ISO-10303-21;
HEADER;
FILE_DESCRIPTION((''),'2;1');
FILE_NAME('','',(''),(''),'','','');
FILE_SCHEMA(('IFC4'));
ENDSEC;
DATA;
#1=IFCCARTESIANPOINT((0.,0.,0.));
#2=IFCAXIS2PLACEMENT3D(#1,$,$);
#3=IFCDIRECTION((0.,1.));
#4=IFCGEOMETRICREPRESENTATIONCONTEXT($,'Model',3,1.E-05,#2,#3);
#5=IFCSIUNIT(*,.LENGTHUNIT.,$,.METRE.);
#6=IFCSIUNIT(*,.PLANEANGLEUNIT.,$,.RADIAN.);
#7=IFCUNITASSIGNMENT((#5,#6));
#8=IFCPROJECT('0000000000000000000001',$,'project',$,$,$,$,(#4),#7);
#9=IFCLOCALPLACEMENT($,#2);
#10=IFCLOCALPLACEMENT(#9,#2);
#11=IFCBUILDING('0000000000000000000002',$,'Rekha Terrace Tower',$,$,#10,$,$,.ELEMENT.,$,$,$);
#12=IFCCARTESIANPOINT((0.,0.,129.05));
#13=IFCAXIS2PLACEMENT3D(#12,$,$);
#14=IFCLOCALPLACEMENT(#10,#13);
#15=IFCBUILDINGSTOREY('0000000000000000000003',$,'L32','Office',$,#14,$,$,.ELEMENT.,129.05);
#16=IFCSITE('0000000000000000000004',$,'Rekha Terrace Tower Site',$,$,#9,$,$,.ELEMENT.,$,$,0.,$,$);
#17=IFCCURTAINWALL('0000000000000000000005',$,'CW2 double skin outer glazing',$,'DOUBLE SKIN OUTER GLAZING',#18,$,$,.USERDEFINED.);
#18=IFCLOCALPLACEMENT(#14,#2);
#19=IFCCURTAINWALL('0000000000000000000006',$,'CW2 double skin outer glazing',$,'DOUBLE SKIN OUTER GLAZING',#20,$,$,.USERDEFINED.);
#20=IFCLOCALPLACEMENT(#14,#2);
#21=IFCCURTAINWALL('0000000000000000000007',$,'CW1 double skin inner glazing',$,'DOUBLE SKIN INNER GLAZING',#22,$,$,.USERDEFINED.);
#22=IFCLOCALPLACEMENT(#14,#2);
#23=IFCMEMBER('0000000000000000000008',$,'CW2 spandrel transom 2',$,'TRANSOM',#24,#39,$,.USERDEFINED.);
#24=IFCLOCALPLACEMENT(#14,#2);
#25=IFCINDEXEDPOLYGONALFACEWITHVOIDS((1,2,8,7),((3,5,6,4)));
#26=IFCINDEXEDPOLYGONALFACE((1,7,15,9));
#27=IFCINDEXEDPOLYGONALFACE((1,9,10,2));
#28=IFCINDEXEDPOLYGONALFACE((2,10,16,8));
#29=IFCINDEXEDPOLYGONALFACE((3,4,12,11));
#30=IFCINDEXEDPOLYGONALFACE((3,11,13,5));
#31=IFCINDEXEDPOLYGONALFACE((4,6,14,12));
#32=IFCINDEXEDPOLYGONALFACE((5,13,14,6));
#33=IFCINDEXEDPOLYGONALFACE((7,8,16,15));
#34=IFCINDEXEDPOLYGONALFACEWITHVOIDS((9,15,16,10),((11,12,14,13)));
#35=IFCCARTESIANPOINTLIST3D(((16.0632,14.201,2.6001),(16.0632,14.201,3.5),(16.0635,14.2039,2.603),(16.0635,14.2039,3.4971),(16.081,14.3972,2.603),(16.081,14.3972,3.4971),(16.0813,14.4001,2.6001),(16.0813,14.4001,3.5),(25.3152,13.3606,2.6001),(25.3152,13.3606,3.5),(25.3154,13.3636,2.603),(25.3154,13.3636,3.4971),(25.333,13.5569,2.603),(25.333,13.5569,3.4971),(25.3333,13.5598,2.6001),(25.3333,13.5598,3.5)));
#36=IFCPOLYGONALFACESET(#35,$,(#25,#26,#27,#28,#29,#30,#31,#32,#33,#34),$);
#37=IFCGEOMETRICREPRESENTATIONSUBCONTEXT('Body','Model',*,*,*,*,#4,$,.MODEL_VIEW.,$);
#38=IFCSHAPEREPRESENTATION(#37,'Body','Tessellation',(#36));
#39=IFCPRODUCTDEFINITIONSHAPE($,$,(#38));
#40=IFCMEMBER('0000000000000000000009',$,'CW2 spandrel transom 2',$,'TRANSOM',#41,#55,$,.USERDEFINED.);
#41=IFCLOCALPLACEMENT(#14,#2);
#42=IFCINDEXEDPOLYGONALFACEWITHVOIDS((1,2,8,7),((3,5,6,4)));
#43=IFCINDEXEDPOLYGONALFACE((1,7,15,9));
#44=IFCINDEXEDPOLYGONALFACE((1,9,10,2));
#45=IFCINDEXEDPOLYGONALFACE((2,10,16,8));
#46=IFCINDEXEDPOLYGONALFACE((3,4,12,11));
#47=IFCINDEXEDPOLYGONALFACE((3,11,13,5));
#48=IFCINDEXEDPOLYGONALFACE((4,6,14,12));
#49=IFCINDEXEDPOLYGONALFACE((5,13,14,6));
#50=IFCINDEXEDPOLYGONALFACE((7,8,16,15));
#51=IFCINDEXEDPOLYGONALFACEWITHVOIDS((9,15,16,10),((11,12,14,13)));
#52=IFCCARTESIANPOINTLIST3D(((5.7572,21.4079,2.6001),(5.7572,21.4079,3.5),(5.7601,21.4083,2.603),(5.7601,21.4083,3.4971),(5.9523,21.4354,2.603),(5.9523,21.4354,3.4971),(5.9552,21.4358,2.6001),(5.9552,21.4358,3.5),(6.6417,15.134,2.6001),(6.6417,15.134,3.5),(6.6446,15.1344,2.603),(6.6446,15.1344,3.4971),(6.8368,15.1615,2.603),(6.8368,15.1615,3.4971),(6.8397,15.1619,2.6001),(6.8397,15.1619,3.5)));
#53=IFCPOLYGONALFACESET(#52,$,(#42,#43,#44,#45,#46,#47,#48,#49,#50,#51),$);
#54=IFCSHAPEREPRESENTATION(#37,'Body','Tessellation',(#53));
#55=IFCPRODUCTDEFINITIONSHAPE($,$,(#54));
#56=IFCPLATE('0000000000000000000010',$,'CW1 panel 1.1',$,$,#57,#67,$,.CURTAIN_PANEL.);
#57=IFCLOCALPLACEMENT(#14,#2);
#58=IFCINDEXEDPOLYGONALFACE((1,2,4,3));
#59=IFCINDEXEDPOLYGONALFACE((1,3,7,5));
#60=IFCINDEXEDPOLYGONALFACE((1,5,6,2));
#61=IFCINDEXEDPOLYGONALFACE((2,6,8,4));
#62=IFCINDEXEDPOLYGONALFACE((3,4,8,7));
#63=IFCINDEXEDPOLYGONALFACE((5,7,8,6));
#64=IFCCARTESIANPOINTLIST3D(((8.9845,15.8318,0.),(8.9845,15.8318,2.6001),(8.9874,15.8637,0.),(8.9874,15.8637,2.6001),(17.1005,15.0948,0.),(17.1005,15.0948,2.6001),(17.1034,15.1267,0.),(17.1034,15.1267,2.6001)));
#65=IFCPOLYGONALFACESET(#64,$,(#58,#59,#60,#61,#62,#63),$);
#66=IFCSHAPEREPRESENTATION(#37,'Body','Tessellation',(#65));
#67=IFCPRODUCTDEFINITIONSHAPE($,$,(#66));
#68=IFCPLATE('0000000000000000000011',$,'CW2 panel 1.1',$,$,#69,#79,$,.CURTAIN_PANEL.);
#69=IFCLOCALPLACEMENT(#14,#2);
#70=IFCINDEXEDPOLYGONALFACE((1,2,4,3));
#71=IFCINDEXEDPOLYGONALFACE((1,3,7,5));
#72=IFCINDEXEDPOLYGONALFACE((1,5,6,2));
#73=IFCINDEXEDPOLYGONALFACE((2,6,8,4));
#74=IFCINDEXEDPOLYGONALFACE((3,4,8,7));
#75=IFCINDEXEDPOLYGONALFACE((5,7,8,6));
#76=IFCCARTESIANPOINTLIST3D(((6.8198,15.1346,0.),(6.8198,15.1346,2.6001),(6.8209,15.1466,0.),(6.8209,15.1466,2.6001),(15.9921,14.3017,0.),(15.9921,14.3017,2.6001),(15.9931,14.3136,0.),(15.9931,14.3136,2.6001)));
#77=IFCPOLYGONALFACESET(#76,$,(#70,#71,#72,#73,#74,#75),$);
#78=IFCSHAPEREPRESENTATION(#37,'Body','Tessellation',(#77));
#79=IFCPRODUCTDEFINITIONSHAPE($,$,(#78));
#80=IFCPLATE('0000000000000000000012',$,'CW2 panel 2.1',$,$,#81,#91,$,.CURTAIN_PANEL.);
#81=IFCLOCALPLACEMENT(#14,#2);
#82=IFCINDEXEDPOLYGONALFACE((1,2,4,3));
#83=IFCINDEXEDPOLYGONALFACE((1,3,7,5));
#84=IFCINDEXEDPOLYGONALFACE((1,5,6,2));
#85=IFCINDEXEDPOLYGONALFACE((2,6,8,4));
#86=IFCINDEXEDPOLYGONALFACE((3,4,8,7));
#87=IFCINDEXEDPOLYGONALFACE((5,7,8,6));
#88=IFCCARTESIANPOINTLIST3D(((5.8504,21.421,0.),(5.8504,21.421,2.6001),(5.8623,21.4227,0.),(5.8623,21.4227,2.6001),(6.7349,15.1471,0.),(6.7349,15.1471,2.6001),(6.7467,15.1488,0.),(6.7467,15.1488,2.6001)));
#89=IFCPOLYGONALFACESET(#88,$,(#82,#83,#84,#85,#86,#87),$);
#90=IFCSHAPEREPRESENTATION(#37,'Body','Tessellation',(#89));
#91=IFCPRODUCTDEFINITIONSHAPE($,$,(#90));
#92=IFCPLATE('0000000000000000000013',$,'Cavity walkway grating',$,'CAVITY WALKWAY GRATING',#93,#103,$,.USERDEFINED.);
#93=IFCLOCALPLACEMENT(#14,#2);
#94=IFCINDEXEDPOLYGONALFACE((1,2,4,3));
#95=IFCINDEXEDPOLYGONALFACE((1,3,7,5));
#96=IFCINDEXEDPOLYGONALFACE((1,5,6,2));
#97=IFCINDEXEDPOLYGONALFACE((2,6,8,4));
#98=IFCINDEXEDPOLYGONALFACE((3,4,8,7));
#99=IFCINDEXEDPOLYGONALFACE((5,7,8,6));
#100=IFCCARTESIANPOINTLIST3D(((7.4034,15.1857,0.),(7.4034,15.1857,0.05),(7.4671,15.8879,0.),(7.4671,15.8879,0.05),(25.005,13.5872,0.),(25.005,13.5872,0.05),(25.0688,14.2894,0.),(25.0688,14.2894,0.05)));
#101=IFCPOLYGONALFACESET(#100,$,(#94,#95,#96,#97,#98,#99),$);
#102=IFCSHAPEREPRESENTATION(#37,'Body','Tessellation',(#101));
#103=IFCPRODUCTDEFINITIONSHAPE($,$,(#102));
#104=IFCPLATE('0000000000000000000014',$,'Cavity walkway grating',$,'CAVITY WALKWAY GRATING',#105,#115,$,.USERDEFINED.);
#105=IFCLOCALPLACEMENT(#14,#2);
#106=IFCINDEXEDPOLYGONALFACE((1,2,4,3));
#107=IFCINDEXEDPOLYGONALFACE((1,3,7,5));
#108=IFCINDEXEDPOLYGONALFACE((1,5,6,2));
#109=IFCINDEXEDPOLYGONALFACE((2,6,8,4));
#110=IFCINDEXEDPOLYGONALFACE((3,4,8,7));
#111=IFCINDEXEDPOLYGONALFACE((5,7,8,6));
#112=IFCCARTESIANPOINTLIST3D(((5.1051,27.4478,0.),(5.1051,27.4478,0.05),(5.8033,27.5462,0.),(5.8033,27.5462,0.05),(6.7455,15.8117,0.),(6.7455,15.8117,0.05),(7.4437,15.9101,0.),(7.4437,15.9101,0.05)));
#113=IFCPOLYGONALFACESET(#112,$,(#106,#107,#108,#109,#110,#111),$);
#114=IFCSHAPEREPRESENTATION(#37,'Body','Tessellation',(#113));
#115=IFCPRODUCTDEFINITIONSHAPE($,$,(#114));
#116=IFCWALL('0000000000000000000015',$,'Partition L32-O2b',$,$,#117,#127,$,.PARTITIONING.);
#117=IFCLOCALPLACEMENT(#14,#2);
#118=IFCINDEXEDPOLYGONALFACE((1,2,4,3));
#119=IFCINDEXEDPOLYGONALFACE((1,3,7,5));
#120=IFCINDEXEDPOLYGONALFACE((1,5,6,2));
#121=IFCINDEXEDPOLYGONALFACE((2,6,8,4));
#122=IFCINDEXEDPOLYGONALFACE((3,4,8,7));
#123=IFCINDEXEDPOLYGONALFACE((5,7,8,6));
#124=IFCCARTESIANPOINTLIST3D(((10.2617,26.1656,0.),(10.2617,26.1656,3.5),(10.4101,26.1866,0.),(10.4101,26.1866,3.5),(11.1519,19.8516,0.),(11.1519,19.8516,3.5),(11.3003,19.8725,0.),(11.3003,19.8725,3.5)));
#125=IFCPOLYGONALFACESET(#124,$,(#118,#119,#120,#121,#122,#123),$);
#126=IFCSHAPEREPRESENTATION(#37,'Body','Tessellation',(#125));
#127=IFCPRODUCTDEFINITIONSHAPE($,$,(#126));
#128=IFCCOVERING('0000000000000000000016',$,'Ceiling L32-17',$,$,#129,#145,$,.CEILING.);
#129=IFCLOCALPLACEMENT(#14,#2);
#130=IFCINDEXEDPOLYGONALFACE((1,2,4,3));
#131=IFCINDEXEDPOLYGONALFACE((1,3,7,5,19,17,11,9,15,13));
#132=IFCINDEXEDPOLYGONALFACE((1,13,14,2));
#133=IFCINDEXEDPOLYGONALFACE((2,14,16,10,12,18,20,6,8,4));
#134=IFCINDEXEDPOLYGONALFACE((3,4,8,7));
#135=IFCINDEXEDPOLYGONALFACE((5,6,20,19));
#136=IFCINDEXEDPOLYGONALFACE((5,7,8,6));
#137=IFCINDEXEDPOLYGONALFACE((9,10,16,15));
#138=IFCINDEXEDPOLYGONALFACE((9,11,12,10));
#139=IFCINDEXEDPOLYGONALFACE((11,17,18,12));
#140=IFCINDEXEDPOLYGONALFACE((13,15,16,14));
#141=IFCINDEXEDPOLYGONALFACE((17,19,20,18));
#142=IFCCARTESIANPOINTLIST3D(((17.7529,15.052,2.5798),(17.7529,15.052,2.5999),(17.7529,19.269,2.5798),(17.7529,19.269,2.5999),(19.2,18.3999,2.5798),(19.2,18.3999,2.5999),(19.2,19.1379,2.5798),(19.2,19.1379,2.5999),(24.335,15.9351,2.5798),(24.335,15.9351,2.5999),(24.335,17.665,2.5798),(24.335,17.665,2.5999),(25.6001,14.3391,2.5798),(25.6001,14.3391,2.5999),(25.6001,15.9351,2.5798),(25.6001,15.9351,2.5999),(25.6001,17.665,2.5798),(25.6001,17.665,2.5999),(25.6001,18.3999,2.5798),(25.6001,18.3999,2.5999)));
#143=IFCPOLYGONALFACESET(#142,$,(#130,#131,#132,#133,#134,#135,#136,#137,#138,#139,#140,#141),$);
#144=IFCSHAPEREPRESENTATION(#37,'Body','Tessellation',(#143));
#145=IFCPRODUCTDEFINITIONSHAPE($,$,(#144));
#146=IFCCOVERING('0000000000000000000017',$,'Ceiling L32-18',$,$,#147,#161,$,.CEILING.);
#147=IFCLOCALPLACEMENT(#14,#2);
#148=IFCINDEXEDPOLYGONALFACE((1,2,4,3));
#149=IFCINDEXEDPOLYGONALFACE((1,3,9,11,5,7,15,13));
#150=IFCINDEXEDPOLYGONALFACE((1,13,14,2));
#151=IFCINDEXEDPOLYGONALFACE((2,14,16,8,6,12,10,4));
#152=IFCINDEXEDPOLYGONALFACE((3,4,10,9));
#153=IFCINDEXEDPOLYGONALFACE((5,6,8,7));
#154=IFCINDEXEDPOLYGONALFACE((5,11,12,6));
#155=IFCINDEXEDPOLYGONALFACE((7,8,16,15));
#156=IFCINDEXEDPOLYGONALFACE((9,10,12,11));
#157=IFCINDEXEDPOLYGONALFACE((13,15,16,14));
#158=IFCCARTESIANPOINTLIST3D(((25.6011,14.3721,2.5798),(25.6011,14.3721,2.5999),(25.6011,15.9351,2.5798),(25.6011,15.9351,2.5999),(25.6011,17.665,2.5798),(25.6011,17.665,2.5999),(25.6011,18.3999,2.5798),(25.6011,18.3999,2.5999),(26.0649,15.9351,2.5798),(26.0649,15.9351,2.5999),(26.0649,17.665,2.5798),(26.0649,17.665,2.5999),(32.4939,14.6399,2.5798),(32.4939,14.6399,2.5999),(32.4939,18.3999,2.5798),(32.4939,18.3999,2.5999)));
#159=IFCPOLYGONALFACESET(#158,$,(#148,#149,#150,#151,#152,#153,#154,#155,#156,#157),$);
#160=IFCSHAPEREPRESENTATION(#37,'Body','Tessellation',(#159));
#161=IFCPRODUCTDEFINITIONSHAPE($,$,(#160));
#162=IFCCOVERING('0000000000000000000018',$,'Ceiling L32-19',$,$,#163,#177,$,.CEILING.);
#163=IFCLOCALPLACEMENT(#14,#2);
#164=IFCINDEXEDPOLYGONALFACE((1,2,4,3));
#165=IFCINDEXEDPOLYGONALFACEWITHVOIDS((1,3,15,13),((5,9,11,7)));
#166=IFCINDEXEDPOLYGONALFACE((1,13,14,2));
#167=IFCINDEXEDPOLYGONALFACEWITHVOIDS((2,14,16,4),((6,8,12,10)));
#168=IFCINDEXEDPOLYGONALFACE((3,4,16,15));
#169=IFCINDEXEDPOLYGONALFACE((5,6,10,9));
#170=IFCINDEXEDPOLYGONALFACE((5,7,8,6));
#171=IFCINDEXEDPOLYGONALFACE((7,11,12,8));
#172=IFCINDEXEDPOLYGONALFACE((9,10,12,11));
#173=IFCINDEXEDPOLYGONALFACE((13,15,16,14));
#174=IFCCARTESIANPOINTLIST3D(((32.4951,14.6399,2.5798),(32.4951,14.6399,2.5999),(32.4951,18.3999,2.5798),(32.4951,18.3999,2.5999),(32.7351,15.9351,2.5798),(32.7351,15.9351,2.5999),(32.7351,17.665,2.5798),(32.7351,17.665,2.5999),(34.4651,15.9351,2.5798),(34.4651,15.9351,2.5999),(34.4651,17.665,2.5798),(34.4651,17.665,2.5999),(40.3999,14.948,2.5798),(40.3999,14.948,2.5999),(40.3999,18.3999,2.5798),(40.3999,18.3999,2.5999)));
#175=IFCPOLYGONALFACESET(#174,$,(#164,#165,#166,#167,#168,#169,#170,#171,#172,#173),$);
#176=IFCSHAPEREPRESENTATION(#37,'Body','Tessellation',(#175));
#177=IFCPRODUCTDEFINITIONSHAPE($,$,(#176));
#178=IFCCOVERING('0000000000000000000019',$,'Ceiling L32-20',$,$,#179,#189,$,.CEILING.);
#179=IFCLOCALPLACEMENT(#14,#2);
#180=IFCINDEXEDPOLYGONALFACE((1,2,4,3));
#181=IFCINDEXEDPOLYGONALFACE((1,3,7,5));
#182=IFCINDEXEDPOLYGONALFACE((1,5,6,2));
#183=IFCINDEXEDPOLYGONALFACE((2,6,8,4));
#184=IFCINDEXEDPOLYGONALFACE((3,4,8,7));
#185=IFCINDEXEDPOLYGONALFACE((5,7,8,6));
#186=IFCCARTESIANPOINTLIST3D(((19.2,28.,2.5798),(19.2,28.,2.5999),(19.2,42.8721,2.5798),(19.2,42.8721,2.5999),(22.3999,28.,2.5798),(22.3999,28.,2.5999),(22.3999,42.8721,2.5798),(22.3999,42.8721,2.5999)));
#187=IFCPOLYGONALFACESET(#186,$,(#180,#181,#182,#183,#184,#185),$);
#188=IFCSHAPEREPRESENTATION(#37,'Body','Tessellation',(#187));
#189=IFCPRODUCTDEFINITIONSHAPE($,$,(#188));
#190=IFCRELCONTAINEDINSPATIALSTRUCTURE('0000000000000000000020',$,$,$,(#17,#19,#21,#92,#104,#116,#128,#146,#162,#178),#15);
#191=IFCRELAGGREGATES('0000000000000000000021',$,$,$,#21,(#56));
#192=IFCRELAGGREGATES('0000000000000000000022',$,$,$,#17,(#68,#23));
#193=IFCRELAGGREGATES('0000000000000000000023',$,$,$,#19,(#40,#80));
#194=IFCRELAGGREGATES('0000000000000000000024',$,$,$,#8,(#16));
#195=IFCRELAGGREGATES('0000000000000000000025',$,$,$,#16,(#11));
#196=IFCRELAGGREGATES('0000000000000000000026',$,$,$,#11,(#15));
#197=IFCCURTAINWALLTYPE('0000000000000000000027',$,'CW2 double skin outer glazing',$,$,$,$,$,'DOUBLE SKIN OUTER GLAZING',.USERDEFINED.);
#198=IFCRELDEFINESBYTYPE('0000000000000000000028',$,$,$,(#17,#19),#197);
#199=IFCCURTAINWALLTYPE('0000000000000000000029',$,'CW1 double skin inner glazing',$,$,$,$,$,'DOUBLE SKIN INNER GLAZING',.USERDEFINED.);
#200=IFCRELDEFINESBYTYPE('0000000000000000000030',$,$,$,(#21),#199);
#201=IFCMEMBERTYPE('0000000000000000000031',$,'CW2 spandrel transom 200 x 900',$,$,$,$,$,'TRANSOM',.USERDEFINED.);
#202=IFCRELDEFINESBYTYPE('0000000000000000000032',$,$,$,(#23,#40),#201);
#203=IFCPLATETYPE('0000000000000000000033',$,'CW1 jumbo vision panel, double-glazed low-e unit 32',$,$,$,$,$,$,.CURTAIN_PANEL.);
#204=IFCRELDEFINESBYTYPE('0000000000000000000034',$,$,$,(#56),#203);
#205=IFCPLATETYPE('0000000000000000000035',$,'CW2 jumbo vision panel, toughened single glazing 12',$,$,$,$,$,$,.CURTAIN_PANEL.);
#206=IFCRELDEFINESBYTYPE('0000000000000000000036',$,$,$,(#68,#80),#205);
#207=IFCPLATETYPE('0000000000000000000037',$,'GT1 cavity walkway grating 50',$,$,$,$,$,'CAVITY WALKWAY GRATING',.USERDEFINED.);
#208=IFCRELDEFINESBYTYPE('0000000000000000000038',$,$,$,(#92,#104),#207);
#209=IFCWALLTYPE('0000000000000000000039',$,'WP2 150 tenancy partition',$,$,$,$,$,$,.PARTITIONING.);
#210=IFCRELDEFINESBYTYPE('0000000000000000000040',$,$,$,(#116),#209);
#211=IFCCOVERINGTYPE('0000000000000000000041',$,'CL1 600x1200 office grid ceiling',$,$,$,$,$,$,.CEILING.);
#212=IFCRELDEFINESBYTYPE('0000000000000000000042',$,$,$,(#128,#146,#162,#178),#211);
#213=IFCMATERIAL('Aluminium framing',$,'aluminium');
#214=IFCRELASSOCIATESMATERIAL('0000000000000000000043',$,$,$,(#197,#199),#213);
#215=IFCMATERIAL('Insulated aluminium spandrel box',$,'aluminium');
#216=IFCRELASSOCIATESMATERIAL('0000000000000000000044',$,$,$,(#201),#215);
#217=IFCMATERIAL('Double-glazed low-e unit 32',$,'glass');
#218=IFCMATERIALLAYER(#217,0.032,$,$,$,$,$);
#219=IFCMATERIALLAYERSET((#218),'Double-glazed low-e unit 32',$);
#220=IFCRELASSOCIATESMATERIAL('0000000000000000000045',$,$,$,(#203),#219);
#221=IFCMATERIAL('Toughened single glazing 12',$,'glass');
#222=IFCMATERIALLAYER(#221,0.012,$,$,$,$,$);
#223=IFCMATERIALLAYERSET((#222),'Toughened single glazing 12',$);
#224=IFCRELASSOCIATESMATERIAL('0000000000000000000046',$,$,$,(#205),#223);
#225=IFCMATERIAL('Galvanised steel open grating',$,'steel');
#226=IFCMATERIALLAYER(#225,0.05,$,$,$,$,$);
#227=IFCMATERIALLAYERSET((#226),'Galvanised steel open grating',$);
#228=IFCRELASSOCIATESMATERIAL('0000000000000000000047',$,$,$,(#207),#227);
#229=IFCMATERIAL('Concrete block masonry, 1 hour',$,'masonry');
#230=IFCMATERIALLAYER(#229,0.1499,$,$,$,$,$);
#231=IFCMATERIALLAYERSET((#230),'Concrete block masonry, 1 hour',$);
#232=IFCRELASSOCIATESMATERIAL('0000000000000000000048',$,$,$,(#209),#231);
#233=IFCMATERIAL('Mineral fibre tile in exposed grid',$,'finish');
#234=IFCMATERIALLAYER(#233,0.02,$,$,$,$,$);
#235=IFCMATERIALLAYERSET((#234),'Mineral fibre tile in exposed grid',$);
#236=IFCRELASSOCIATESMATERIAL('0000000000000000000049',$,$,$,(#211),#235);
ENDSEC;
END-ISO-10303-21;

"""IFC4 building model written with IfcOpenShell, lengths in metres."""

from ifc_helpers import new_model, si_unit, direction, frame, frame_2d, origin, origin_2d, place, context, subcontext, project, spatial, polyline, rectangle, hollow_rectangle, outline, extrude, material, layer, layer_set, material_profile, profile_set, type_object, element, aggregate, save


model = new_model("IFC4")

# Units and contexts
model_context = context("Model", 3, precision=1e-05, world=origin(), true_north=direction((0.0, 1.0)))
body_context = subcontext(model_context, "Body", "Model", "MODEL_VIEW")
ifc_project = project(units=[si_unit("LENGTHUNIT", "METRE"), si_unit("PLANEANGLEUNIT", "RADIAN")], contexts=[model_context])

# Site, building, storey
site_placement = place(None, origin())
site = spatial("IfcSite", under=ifc_project, at=site_placement, Name="Rekha Terrace Tower Site", CompositionType="ELEMENT", RefElevation=0.0)
building_placement = place(site_placement, origin())
building = spatial("IfcBuilding", under=site, at=building_placement, Name="Rekha Terrace Tower", CompositionType="ELEMENT")
storey_placement = place(building_placement, frame((0.0, 0.0, 129.05)))
storey = spatial("IfcBuildingStorey", under=building, at=storey_placement, Name="L32", Description="Office", CompositionType="ELEMENT", Elevation=129.05)

# Curtain walls
ifc_material_1 = material(Name="Aluminium framing", Category="aluminium")
curtain_wall_type_1 = type_object("IfcCurtainWallType", Name="CW2 double skin outer glazing", ElementType="DOUBLE SKIN OUTER GLAZING", PredefinedType="USERDEFINED", material=ifc_material_1)
curtain_wall_1_placement = place(storey_placement, origin())
curtain_wall_1 = element("IfcCurtainWall", 1, at=curtain_wall_1_placement, inside=storey, type_object=curtain_wall_type_1, Name="CW2 double skin outer glazing", ObjectType="DOUBLE SKIN OUTER GLAZING", PredefinedType="USERDEFINED")
curtain_wall_2_placement = place(storey_placement, origin())
curtain_wall_2 = element("IfcCurtainWall", 2, at=curtain_wall_2_placement, inside=storey, type_object=curtain_wall_type_1, Name="CW2 double skin outer glazing", ObjectType="DOUBLE SKIN OUTER GLAZING", PredefinedType="USERDEFINED")
curtain_wall_type_2 = type_object("IfcCurtainWallType", Name="CW1 double skin inner glazing", ElementType="DOUBLE SKIN INNER GLAZING", PredefinedType="USERDEFINED", material=ifc_material_1)
curtain_wall_3_placement = place(storey_placement, origin())
curtain_wall_3 = element("IfcCurtainWall", 3, at=curtain_wall_3_placement, inside=storey, type_object=curtain_wall_type_2, Name="CW1 double skin inner glazing", ObjectType="DOUBLE SKIN INNER GLAZING", PredefinedType="USERDEFINED")

# Members
ifc_material_2 = material(Name="Insulated aluminium spandrel box", Category="aluminium")
ifc_material_profile_1 = material_profile(ifc_material_2, hollow_rectangle(XDim=0.2, YDim=0.8999, WallThickness=0.0029, at=origin_2d()), Name="AL SPANDREL BOX 200x900")
ifc_profile_set_1 = profile_set([ifc_material_profile_1], Name="Insulated aluminium spandrel box")
member_type_1 = type_object("IfcMemberType", Name="CW2 spandrel transom 200 x 900", ElementType="TRANSOM", PredefinedType="USERDEFINED", material=ifc_profile_set_1)
member_1_placement = place(storey_placement, frame((16.0723, 14.3005, 3.05), z_axis=(0.995901, -0.090455, 0.0), x_axis=(0.090455, 0.995901, 0.0)))
member_1 = element("IfcMember", 4, at=member_1_placement, type_object=member_type_1, Name="CW2 spandrel transom 2", ObjectType="TRANSOM", PredefinedType="USERDEFINED", context=body_context, shape_type="SweptSolid", body=[
    extrude(hollow_rectangle(XDim=0.2, YDim=0.8999, WallThickness=0.0029, at=origin_2d()), origin(), (0.0, 0.0, 1.0), 9.29),
])
member_2_placement = place(storey_placement, frame((5.8562, 21.4219, 3.05), z_axis=(0.139603, -0.990208, 0.0), x_axis=(0.990208, 0.139603, 0.0)))
member_2 = element("IfcMember", 5, at=member_2_placement, type_object=member_type_1, Name="CW2 spandrel transom 2", ObjectType="TRANSOM", PredefinedType="USERDEFINED", context=body_context, shape_type="SweptSolid", body=[
    extrude(hollow_rectangle(XDim=0.2, YDim=0.8999, WallThickness=0.0029, at=origin_2d()), origin(), (0.0, 0.0, 1.0), 6.3359),
])

# Plates
ifc_material_3 = material(Name="Double-glazed low-e unit 32", Category="glass")
ifc_layer_1 = layer(ifc_material_3, 0.032)
ifc_layer_set_1 = layer_set([ifc_layer_1], Name="Double-glazed low-e unit 32")
plate_type_1 = type_object("IfcPlateType", Name="CW1 jumbo vision panel, double-glazed low-e unit 32", PredefinedType="CURTAIN_PANEL", material=ifc_layer_set_1)
plate_1_placement = place(storey_placement, frame((13.0439, 15.4792, 0.0), z_axis=(0.0, 0.0, 1.0), x_axis=(0.995902, -0.09044, 0.0)))
plate_1 = element("IfcPlate", 6, at=plate_1_placement, type_object=plate_type_1, Name="CW1 panel 1.1", PredefinedType="CURTAIN_PANEL", context=body_context, shape_type="SweptSolid", body=[
    extrude(rectangle(XDim=8.1494, YDim=0.032, at=origin_2d()), origin(), (0.0, 0.0, 1.0), 2.6001),
])
aggregate(curtain_wall_3, [plate_1])
ifc_material_4 = material(Name="Toughened single glazing 12", Category="glass")
ifc_layer_2 = layer(ifc_material_4, 0.012)
ifc_layer_set_2 = layer_set([ifc_layer_2], Name="Toughened single glazing 12")
plate_type_2 = type_object("IfcPlateType", Name="CW2 jumbo vision panel, toughened single glazing 12", PredefinedType="CURTAIN_PANEL", material=ifc_layer_set_2)
plate_2_placement = place(storey_placement, frame((11.4065, 14.7241, 0.0), z_axis=(0.0, 0.0, 1.0), x_axis=(0.995902, -0.09044, 0.0)))
plate_2 = element("IfcPlate", 7, at=plate_2_placement, type_object=plate_type_2, Name="CW2 panel 1.1", PredefinedType="CURTAIN_PANEL", context=body_context, shape_type="SweptSolid", body=[
    extrude(rectangle(XDim=9.21, YDim=0.012, at=origin_2d()), origin(), (0.0, 0.0, 1.0), 2.6001),
])
aggregate(curtain_wall_1, [plate_2, member_1])
plate_3_placement = place(storey_placement, frame((6.2986, 18.2849, 0.0), z_axis=(0.0, 0.0, 1.0), x_axis=(0.139597, -0.990208, 0.0)))
plate_3 = element("IfcPlate", 8, at=plate_3_placement, type_object=plate_type_2, Name="CW2 panel 2.1", PredefinedType="CURTAIN_PANEL", context=body_context, shape_type="SweptSolid", body=[
    extrude(rectangle(XDim=6.3359, YDim=0.012, at=origin_2d()), origin(), (0.0, 0.0, 1.0), 2.6001),
])
aggregate(curtain_wall_2, [member_2, plate_3])

# Plates
ifc_material_5 = material(Name="Galvanised steel open grating", Category="steel")
ifc_layer_3 = layer(ifc_material_5, 0.05)
ifc_layer_set_3 = layer_set([ifc_layer_3], Name="Galvanised steel open grating")
plate_type_3 = type_object("IfcPlateType", Name="GT1 cavity walkway grating 50", ElementType="CAVITY WALKWAY GRATING", PredefinedType="USERDEFINED", material=ifc_layer_set_3)
plate_4_placement = place(storey_placement, frame((16.2361, 14.7375, 0.0), z_axis=(0.0, 0.0, 1.0), x_axis=(0.995902, -0.09044, 0.0)))
element("IfcPlate", 9, at=plate_4_placement, inside=storey, type_object=plate_type_3, Name="Cavity walkway grating", ObjectType="CAVITY WALKWAY GRATING", PredefinedType="USERDEFINED", context=body_context, shape_type="SweptSolid", body=[
    extrude(rectangle(XDim=17.6741, YDim=0.7051, at=origin_2d()), origin(), (0.0, 0.0, 1.0), 0.05),
])
plate_5_placement = place(storey_placement, frame((6.2744, 21.679, 0.0), z_axis=(0.0, 0.0, 1.0), x_axis=(0.139597, -0.990208, 0.0)))
element("IfcPlate", 10, at=plate_5_placement, inside=storey, type_object=plate_type_3, Name="Cavity walkway grating", ObjectType="CAVITY WALKWAY GRATING", PredefinedType="USERDEFINED", context=body_context, shape_type="SweptSolid", body=[
    extrude(rectangle(XDim=11.7512, YDim=0.7051, at=origin_2d()), origin(), (0.0, 0.0, 1.0), 0.05),
])

# Wall
ifc_material_6 = material(Name="Concrete block masonry, 1 hour", Category="masonry")
ifc_layer_4 = layer(ifc_material_6, 0.1499)
ifc_layer_set_4 = layer_set([ifc_layer_4], Name="Concrete block masonry, 1 hour")
wall_type = type_object("IfcWallType", Name="WP2 150 tenancy partition", PredefinedType="PARTITIONING", material=ifc_layer_set_4)
wall_placement = place(storey_placement, frame((11.2261, 19.8621, 0.0), z_axis=(0.0, 0.0, 1.0), x_axis=(-0.139599, 0.990208, 0.0)))
element("IfcWall", 11, at=wall_placement, inside=storey, type_object=wall_type, Name="Partition L32-O2b", PredefinedType="PARTITIONING", context=body_context, shape_type="SweptSolid", body=[
    extrude(rectangle(XDim=6.3765, YDim=0.1499, at=frame_2d((3.1882, 0.0))), origin(), (0.0, 0.0, 1.0), 3.5),
])

# Coverings
ifc_material_7 = material(Name="Mineral fibre tile in exposed grid", Category="finish")
ifc_layer_5 = layer(ifc_material_7, 0.02)
ifc_layer_set_5 = layer_set([ifc_layer_5], Name="Mineral fibre tile in exposed grid")
covering_type_1 = type_object("IfcCoveringType", Name="CL1 600x1200 office grid ceiling", PredefinedType="CEILING", material=ifc_layer_set_5)
covering_1_placement = place(storey_placement, frame((0.0, 0.0, 2.5798)))
element("IfcCovering", 12, at=covering_1_placement, inside=storey, type_object=covering_type_1, Name="Ceiling L32-17", PredefinedType="CEILING", context=body_context, shape_type="SweptSolid", body=[
    extrude(outline(polyline([(19.2, 19.1379), (17.7529, 19.269), (17.7529, 15.052), (25.6001, 14.3391), (25.6001, 15.9351), (24.335, 15.9351), (24.335, 17.665), (25.6001, 17.665), (25.6001, 18.3999), (19.2, 18.3999), (19.2, 19.1379)])), origin(), (0.0, 0.0, 1.0), 0.02),
])
covering_2_placement = place(storey_placement, frame((0.0, 0.0, 2.5798)))
element("IfcCovering", 13, at=covering_2_placement, inside=storey, type_object=covering_type_1, Name="Ceiling L32-18", PredefinedType="CEILING", context=body_context, shape_type="SweptSolid", body=[
    extrude(outline(polyline([(25.6011, 15.9351), (25.6011, 14.3721), (32.4939, 14.6399), (32.4939, 18.3999), (25.6011, 18.3999), (25.6011, 17.665), (26.0649, 17.665), (26.0649, 15.9351), (25.6011, 15.9351)])), origin(), (0.0, 0.0, 1.0), 0.02),
])
covering_3_placement = place(storey_placement, frame((0.0, 0.0, 2.5798)))
element("IfcCovering", 14, at=covering_3_placement, inside=storey, type_object=covering_type_1, Name="Ceiling L32-19", PredefinedType="CEILING", context=body_context, shape_type="SweptSolid", body=[
    extrude(outline(polyline([(32.4951, 18.3999), (32.4951, 14.6399), (40.3999, 14.948), (40.3999, 18.3999), (32.4951, 18.3999)]), holes=[polyline([(34.4651, 15.9351), (32.7351, 15.9351), (32.7351, 17.665), (34.4651, 17.665), (34.4651, 15.9351)])]), origin(), (0.0, 0.0, 1.0), 0.02),
])
covering_4_placement = place(storey_placement, frame((0.0, 0.0, 2.5798)))
element("IfcCovering", 15, at=covering_4_placement, inside=storey, type_object=covering_type_1, Name="Ceiling L32-20", PredefinedType="CEILING", context=body_context, shape_type="SweptSolid", body=[
    extrude(outline(polyline([(19.2, 42.8721), (19.2, 28.0), (22.3999, 28.0), (22.3999, 42.8721), (19.2, 42.8721)])), origin(), (0.0, 0.0, 1.0), 0.02),
])

save(model, "model.ifc")
